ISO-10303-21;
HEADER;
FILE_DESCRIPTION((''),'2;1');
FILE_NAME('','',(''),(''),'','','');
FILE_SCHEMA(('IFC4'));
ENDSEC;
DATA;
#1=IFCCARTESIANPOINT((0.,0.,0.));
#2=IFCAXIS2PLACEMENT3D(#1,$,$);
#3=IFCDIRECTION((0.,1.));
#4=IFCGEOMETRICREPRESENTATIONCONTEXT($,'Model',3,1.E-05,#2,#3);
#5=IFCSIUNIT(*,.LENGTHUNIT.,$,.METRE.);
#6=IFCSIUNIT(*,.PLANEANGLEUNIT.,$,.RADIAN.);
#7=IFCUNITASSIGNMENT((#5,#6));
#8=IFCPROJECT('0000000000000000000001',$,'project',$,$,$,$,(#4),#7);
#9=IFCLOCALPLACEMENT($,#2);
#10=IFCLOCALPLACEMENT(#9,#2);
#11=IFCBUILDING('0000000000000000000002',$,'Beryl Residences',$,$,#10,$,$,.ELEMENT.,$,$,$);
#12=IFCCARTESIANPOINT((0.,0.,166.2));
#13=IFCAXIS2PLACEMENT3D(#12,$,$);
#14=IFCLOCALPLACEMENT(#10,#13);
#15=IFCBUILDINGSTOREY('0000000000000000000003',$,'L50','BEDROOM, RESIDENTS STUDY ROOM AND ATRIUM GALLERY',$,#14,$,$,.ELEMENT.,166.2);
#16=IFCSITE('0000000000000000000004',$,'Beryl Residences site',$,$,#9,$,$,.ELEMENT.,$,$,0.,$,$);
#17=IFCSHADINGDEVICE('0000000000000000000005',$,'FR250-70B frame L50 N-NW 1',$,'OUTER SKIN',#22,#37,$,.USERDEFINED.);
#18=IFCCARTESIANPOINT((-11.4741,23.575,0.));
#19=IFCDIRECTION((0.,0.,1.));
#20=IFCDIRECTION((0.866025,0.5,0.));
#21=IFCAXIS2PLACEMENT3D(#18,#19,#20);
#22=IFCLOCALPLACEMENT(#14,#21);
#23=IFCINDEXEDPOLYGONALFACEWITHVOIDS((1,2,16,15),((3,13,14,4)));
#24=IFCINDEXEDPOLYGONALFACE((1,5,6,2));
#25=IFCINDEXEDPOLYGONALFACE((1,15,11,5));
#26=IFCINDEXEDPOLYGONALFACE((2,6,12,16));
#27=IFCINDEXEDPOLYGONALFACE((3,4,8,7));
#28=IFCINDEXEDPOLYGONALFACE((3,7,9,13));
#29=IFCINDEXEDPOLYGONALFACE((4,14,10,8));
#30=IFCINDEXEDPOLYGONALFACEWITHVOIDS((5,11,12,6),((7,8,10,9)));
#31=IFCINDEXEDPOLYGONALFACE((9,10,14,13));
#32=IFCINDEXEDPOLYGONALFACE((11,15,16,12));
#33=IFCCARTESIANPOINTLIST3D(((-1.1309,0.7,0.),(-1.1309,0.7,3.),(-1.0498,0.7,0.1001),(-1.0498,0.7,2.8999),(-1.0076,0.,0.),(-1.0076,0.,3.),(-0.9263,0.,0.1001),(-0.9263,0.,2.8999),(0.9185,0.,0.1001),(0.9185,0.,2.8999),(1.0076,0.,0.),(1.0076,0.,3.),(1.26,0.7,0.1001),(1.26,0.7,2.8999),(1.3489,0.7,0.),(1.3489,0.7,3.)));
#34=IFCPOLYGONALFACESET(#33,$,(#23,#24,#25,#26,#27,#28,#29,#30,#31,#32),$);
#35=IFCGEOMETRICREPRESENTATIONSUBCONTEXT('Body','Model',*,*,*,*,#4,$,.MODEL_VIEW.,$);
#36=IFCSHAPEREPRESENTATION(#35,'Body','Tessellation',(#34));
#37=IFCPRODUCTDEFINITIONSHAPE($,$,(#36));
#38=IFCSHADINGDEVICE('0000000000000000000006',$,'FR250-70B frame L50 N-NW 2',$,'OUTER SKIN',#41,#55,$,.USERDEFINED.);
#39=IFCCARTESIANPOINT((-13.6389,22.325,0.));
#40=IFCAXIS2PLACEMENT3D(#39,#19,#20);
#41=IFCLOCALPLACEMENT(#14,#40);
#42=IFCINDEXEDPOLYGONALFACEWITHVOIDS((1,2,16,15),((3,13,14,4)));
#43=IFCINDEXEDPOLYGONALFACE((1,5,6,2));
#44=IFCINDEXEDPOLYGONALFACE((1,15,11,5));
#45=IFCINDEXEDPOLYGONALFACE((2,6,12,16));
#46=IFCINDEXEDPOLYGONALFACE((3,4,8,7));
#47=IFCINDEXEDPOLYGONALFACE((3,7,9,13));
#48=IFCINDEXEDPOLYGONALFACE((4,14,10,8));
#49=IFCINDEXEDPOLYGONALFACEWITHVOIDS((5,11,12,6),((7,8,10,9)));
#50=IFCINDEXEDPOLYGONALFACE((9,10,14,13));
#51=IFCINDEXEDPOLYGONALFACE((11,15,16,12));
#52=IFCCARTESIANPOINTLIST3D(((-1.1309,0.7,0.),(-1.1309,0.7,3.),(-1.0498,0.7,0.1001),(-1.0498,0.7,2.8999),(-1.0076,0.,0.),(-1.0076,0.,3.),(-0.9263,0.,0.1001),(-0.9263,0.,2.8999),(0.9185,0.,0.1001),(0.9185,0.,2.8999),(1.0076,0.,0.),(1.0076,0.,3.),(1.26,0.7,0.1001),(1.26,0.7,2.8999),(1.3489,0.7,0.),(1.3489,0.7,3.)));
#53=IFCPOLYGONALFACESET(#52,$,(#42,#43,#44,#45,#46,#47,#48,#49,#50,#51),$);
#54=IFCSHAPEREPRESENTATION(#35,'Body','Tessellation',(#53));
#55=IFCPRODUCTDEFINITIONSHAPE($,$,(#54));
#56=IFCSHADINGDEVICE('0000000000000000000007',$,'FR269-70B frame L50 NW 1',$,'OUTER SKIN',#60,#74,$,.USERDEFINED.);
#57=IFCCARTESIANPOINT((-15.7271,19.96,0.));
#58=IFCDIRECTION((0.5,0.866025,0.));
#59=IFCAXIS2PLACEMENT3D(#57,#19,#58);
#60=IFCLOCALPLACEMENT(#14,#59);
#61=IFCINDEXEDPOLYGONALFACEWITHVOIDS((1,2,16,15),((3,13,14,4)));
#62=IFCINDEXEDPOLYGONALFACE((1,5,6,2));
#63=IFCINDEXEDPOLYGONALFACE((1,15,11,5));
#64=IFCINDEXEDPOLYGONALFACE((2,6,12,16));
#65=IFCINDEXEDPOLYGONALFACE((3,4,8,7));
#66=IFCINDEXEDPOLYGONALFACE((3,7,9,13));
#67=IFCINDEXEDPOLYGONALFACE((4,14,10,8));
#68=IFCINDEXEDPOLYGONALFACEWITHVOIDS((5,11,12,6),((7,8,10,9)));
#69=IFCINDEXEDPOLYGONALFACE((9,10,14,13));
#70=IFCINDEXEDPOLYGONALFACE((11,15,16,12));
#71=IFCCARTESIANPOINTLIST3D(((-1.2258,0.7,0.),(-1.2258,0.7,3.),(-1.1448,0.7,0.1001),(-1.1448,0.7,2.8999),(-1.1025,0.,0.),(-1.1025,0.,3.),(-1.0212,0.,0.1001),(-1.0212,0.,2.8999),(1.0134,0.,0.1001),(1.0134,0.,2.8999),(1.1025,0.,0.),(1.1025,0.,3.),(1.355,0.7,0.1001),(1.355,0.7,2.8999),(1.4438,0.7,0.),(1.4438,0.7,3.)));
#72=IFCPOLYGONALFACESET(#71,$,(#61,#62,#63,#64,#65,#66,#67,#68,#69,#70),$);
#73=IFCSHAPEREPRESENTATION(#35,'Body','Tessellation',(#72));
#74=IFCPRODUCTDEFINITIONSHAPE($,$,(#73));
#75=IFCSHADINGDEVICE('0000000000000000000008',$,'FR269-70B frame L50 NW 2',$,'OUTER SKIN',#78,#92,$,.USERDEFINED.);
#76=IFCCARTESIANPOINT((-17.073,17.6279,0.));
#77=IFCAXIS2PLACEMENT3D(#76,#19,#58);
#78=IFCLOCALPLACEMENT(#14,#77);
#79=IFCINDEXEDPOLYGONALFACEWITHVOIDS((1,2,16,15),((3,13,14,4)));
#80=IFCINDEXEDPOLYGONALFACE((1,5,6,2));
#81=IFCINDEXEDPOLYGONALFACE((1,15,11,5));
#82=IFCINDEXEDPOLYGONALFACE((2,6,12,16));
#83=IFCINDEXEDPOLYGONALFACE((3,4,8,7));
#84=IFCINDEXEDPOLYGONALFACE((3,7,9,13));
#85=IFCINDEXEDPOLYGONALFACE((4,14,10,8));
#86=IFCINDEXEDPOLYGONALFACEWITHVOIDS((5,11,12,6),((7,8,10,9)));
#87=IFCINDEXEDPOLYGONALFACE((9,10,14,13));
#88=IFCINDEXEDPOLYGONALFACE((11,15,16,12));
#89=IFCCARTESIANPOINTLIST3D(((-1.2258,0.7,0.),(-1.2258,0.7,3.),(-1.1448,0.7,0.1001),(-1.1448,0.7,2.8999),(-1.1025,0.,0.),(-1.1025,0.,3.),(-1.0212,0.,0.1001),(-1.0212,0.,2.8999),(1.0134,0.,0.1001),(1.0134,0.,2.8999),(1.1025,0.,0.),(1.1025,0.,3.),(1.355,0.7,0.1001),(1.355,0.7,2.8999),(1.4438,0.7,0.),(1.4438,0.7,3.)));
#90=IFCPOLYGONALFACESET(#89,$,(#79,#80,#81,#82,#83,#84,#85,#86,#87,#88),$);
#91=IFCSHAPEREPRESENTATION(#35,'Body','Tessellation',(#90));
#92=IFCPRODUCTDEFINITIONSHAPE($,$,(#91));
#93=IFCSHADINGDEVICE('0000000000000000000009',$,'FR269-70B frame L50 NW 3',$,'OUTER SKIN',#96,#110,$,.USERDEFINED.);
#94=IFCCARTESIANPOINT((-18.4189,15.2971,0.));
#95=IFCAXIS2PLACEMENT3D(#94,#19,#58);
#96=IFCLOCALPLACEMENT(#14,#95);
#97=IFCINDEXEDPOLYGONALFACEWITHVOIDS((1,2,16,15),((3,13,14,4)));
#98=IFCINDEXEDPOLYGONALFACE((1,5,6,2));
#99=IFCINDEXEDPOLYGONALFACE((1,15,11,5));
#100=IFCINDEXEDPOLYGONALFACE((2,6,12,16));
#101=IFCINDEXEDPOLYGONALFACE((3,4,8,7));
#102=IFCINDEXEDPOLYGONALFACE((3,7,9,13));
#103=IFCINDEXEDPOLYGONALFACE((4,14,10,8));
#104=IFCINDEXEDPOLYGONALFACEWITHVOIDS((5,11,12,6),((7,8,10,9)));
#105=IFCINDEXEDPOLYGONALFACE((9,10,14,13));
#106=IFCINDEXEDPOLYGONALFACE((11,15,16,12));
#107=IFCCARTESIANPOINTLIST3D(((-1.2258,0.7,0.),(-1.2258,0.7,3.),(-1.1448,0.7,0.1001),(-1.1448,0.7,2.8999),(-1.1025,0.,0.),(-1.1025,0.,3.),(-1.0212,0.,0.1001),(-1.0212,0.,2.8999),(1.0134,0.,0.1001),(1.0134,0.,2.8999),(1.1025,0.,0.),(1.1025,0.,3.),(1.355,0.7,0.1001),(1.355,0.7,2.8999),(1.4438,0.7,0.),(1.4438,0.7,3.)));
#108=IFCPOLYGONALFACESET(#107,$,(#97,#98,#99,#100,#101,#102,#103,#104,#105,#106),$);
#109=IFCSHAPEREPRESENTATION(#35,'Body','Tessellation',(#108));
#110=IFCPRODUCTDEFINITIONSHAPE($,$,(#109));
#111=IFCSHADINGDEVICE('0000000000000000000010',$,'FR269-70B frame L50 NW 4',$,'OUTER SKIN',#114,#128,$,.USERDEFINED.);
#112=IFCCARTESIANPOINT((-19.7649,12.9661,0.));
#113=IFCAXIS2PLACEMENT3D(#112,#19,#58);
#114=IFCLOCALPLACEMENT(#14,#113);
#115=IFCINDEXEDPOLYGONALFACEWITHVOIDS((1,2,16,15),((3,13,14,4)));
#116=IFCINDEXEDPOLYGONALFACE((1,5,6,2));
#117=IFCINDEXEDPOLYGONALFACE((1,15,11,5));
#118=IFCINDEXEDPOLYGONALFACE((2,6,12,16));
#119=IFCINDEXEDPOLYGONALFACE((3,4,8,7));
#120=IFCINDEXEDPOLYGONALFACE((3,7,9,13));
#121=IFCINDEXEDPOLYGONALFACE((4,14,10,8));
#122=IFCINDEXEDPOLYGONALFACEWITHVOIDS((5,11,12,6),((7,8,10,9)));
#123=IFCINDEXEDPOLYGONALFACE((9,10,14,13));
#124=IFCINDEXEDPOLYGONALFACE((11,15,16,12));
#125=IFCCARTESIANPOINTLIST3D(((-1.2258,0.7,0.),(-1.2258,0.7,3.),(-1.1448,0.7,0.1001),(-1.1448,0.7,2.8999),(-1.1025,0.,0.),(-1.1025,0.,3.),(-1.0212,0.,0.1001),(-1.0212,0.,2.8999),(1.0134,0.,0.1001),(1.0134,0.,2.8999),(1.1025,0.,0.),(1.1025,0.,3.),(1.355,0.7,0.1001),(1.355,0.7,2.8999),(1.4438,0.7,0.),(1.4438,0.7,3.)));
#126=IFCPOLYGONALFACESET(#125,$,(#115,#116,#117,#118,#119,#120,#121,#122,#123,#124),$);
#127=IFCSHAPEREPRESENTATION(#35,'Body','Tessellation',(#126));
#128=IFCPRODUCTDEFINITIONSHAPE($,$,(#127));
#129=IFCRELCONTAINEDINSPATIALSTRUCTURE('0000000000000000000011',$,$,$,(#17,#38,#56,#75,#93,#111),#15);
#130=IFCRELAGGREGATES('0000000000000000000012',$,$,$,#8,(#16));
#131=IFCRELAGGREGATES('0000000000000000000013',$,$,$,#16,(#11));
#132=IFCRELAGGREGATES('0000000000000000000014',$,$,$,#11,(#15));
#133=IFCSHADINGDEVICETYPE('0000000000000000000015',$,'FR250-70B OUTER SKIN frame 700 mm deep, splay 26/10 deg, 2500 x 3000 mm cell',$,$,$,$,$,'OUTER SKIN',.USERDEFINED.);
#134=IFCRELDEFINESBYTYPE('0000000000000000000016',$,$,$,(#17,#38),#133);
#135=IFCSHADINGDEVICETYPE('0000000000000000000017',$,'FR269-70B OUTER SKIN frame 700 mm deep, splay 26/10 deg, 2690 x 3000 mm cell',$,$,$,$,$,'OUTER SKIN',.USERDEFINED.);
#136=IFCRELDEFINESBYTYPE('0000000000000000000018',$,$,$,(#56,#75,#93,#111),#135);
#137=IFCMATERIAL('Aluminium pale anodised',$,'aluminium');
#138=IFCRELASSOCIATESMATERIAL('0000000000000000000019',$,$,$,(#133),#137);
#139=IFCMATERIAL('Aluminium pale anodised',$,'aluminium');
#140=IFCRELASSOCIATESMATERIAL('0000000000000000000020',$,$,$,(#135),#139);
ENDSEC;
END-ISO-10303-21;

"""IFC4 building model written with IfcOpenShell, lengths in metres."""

from ifc_helpers import new_model, entity, si_unit, direction, frame, origin, place, context, subcontext, project, spatial, source, transform, mapped, material, type_object, type_shapes, element, save


model = new_model("IFC4")

# Units and contexts
model_context = context("Model", 3, precision=1e-05, world=origin(), true_north=direction((0.0, 1.0)))
body_context = subcontext(model_context, "Body", "Model", "MODEL_VIEW")
ifc_project = project(units=[si_unit("LENGTHUNIT", "METRE"), si_unit("PLANEANGLEUNIT", "RADIAN")], contexts=[model_context])

# Site, building, storey
site_placement = place(None, origin())
site = spatial("IfcSite", under=ifc_project, at=site_placement, Name="Beryl Residences site", CompositionType="ELEMENT", RefElevation=0.0)
building_placement = place(site_placement, origin())
building = spatial("IfcBuilding", under=site, at=building_placement, Name="Beryl Residences", CompositionType="ELEMENT")
storey_placement = place(building_placement, frame((0.0, 0.0, 166.2)))
storey = spatial("IfcBuildingStorey", under=building, at=storey_placement, Name="L50", Description="BEDROOM, RESIDENTS STUDY ROOM AND ATRIUM GALLERY", CompositionType="ELEMENT", Elevation=166.2)

# Shading devices
ifc_material_1 = material(Name="Aluminium pale anodised", Category="aluminium")
shading_device_type_1 = type_object("IfcShadingDeviceType", Name="FR250-70B OUTER SKIN frame 700 mm deep, splay 26/10 deg, 2500 x 3000 mm cell", ElementType="OUTER SKIN", PredefinedType="USERDEFINED", material=ifc_material_1)
cartesian_point_1 = entity("IfcCartesianPoint", [-1.0076, 0.0])
cartesian_point_2 = entity("IfcCartesianPoint", [-0.9185, 0.1001])
cartesian_point_3 = entity("IfcCartesianPoint", [-1.3489, 0.0])
cartesian_point_4 = entity("IfcCartesianPoint", [-1.26, 0.1001])
shared_shape_1 = source(origin(), body_context, "Body", "SweptSolid", [
    entity("IfcExtrudedAreaSolidTapered", entity("IfcArbitraryProfileDefWithVoids", "AREA", None, entity("IfcPolyline", [cartesian_point_1, entity("IfcCartesianPoint", [1.0076, 0.0]), entity("IfcCartesianPoint", [1.0076, 3.0]), entity("IfcCartesianPoint", [-1.0076, 3.0]), cartesian_point_1]), [entity("IfcPolyline", [cartesian_point_2, entity("IfcCartesianPoint", [0.9263, 0.1001]), entity("IfcCartesianPoint", [0.9263, 2.8999]), entity("IfcCartesianPoint", [-0.9185, 2.8999]), cartesian_point_2])]), entity("IfcAxis2Placement3D", entity("IfcCartesianPoint", [0.0, 0.0, 0.0]), entity("IfcDirection", [0.0, 1.0, 0.0]), entity("IfcDirection", [-1.0, 0.0, 0.0])), entity("IfcDirection", [0.0, 0.0, 1.0]), 0.7, entity("IfcArbitraryProfileDefWithVoids", "AREA", None, entity("IfcPolyline", [cartesian_point_3, entity("IfcCartesianPoint", [1.1309, 0.0]), entity("IfcCartesianPoint", [1.1309, 3.0]), entity("IfcCartesianPoint", [-1.3489, 3.0]), cartesian_point_3]), [entity("IfcPolyline", [cartesian_point_4, entity("IfcCartesianPoint", [1.0498, 0.1001]), entity("IfcCartesianPoint", [1.0498, 2.8999]), entity("IfcCartesianPoint", [-1.26, 2.8999]), cartesian_point_4])])),
])
type_shapes(shading_device_type_1, [shared_shape_1])
for number, where, z_axis, x_axis, name in (
    (1, (-11.4741, 23.575, 0.0), (0.0, 0.0, 1.0), (0.866025, 0.5, 0.0), "FR250-70B frame L50 N-NW 1"),
    (2, (-13.6389, 22.325, 0.0), (0.0, 0.0, 1.0), (0.866025, 0.5, 0.0), "FR250-70B frame L50 N-NW 2"),
):
    element("IfcShadingDevice", number, at=place(storey_placement, frame(where, z_axis=z_axis, x_axis=x_axis)), inside=storey, type_object=shading_device_type_1, Name=name, ObjectType="OUTER SKIN", PredefinedType="USERDEFINED", context=body_context, shape_type="MappedRepresentation", body=[
        mapped(shared_shape_1, transform((0.0, 0.0, 0.0))),
    ])
ifc_material_2 = material(Name="Aluminium pale anodised", Category="aluminium")
shading_device_type_2 = type_object("IfcShadingDeviceType", Name="FR269-70B OUTER SKIN frame 700 mm deep, splay 26/10 deg, 2690 x 3000 mm cell", ElementType="OUTER SKIN", PredefinedType="USERDEFINED", material=ifc_material_2)
cartesian_point_5 = entity("IfcCartesianPoint", [-1.1025, 0.0])
cartesian_point_6 = entity("IfcCartesianPoint", [-1.0134, 0.1001])
cartesian_point_7 = entity("IfcCartesianPoint", [-1.4438, 0.0])
cartesian_point_8 = entity("IfcCartesianPoint", [-1.355, 0.1001])
shared_shape_2 = source(origin(), body_context, "Body", "SweptSolid", [
    entity("IfcExtrudedAreaSolidTapered", entity("IfcArbitraryProfileDefWithVoids", "AREA", None, entity("IfcPolyline", [cartesian_point_5, entity("IfcCartesianPoint", [1.1025, 0.0]), entity("IfcCartesianPoint", [1.1025, 3.0]), entity("IfcCartesianPoint", [-1.1025, 3.0]), cartesian_point_5]), [entity("IfcPolyline", [cartesian_point_6, entity("IfcCartesianPoint", [1.0212, 0.1001]), entity("IfcCartesianPoint", [1.0212, 2.8999]), entity("IfcCartesianPoint", [-1.0134, 2.8999]), cartesian_point_6])]), entity("IfcAxis2Placement3D", entity("IfcCartesianPoint", [0.0, 0.0, 0.0]), entity("IfcDirection", [0.0, 1.0, 0.0]), entity("IfcDirection", [-1.0, 0.0, 0.0])), entity("IfcDirection", [0.0, 0.0, 1.0]), 0.7, entity("IfcArbitraryProfileDefWithVoids", "AREA", None, entity("IfcPolyline", [cartesian_point_7, entity("IfcCartesianPoint", [1.2258, 0.0]), entity("IfcCartesianPoint", [1.2258, 3.0]), entity("IfcCartesianPoint", [-1.4438, 3.0]), cartesian_point_7]), [entity("IfcPolyline", [cartesian_point_8, entity("IfcCartesianPoint", [1.1448, 0.1001]), entity("IfcCartesianPoint", [1.1448, 2.8999]), entity("IfcCartesianPoint", [-1.355, 2.8999]), cartesian_point_8])])),
])
type_shapes(shading_device_type_2, [shared_shape_2])
for number, where, z_axis, x_axis, name in (
    (3, (-15.7271, 19.96, 0.0), (0.0, 0.0, 1.0), (0.5, 0.866025, 0.0), "FR269-70B frame L50 NW 1"),
    (4, (-17.073, 17.6279, 0.0), (0.0, 0.0, 1.0), (0.5, 0.866025, 0.0), "FR269-70B frame L50 NW 2"),
    (5, (-18.4189, 15.2971, 0.0), (0.0, 0.0, 1.0), (0.5, 0.866025, 0.0), "FR269-70B frame L50 NW 3"),
    (6, (-19.7649, 12.9661, 0.0), (0.0, 0.0, 1.0), (0.5, 0.866025, 0.0), "FR269-70B frame L50 NW 4"),
):
    element("IfcShadingDevice", number, at=place(storey_placement, frame(where, z_axis=z_axis, x_axis=x_axis)), inside=storey, type_object=shading_device_type_2, Name=name, ObjectType="OUTER SKIN", PredefinedType="USERDEFINED", context=body_context, shape_type="MappedRepresentation", body=[
        mapped(shared_shape_2, transform((0.0, 0.0, 0.0))),
    ])

save(model, "model.ifc")
